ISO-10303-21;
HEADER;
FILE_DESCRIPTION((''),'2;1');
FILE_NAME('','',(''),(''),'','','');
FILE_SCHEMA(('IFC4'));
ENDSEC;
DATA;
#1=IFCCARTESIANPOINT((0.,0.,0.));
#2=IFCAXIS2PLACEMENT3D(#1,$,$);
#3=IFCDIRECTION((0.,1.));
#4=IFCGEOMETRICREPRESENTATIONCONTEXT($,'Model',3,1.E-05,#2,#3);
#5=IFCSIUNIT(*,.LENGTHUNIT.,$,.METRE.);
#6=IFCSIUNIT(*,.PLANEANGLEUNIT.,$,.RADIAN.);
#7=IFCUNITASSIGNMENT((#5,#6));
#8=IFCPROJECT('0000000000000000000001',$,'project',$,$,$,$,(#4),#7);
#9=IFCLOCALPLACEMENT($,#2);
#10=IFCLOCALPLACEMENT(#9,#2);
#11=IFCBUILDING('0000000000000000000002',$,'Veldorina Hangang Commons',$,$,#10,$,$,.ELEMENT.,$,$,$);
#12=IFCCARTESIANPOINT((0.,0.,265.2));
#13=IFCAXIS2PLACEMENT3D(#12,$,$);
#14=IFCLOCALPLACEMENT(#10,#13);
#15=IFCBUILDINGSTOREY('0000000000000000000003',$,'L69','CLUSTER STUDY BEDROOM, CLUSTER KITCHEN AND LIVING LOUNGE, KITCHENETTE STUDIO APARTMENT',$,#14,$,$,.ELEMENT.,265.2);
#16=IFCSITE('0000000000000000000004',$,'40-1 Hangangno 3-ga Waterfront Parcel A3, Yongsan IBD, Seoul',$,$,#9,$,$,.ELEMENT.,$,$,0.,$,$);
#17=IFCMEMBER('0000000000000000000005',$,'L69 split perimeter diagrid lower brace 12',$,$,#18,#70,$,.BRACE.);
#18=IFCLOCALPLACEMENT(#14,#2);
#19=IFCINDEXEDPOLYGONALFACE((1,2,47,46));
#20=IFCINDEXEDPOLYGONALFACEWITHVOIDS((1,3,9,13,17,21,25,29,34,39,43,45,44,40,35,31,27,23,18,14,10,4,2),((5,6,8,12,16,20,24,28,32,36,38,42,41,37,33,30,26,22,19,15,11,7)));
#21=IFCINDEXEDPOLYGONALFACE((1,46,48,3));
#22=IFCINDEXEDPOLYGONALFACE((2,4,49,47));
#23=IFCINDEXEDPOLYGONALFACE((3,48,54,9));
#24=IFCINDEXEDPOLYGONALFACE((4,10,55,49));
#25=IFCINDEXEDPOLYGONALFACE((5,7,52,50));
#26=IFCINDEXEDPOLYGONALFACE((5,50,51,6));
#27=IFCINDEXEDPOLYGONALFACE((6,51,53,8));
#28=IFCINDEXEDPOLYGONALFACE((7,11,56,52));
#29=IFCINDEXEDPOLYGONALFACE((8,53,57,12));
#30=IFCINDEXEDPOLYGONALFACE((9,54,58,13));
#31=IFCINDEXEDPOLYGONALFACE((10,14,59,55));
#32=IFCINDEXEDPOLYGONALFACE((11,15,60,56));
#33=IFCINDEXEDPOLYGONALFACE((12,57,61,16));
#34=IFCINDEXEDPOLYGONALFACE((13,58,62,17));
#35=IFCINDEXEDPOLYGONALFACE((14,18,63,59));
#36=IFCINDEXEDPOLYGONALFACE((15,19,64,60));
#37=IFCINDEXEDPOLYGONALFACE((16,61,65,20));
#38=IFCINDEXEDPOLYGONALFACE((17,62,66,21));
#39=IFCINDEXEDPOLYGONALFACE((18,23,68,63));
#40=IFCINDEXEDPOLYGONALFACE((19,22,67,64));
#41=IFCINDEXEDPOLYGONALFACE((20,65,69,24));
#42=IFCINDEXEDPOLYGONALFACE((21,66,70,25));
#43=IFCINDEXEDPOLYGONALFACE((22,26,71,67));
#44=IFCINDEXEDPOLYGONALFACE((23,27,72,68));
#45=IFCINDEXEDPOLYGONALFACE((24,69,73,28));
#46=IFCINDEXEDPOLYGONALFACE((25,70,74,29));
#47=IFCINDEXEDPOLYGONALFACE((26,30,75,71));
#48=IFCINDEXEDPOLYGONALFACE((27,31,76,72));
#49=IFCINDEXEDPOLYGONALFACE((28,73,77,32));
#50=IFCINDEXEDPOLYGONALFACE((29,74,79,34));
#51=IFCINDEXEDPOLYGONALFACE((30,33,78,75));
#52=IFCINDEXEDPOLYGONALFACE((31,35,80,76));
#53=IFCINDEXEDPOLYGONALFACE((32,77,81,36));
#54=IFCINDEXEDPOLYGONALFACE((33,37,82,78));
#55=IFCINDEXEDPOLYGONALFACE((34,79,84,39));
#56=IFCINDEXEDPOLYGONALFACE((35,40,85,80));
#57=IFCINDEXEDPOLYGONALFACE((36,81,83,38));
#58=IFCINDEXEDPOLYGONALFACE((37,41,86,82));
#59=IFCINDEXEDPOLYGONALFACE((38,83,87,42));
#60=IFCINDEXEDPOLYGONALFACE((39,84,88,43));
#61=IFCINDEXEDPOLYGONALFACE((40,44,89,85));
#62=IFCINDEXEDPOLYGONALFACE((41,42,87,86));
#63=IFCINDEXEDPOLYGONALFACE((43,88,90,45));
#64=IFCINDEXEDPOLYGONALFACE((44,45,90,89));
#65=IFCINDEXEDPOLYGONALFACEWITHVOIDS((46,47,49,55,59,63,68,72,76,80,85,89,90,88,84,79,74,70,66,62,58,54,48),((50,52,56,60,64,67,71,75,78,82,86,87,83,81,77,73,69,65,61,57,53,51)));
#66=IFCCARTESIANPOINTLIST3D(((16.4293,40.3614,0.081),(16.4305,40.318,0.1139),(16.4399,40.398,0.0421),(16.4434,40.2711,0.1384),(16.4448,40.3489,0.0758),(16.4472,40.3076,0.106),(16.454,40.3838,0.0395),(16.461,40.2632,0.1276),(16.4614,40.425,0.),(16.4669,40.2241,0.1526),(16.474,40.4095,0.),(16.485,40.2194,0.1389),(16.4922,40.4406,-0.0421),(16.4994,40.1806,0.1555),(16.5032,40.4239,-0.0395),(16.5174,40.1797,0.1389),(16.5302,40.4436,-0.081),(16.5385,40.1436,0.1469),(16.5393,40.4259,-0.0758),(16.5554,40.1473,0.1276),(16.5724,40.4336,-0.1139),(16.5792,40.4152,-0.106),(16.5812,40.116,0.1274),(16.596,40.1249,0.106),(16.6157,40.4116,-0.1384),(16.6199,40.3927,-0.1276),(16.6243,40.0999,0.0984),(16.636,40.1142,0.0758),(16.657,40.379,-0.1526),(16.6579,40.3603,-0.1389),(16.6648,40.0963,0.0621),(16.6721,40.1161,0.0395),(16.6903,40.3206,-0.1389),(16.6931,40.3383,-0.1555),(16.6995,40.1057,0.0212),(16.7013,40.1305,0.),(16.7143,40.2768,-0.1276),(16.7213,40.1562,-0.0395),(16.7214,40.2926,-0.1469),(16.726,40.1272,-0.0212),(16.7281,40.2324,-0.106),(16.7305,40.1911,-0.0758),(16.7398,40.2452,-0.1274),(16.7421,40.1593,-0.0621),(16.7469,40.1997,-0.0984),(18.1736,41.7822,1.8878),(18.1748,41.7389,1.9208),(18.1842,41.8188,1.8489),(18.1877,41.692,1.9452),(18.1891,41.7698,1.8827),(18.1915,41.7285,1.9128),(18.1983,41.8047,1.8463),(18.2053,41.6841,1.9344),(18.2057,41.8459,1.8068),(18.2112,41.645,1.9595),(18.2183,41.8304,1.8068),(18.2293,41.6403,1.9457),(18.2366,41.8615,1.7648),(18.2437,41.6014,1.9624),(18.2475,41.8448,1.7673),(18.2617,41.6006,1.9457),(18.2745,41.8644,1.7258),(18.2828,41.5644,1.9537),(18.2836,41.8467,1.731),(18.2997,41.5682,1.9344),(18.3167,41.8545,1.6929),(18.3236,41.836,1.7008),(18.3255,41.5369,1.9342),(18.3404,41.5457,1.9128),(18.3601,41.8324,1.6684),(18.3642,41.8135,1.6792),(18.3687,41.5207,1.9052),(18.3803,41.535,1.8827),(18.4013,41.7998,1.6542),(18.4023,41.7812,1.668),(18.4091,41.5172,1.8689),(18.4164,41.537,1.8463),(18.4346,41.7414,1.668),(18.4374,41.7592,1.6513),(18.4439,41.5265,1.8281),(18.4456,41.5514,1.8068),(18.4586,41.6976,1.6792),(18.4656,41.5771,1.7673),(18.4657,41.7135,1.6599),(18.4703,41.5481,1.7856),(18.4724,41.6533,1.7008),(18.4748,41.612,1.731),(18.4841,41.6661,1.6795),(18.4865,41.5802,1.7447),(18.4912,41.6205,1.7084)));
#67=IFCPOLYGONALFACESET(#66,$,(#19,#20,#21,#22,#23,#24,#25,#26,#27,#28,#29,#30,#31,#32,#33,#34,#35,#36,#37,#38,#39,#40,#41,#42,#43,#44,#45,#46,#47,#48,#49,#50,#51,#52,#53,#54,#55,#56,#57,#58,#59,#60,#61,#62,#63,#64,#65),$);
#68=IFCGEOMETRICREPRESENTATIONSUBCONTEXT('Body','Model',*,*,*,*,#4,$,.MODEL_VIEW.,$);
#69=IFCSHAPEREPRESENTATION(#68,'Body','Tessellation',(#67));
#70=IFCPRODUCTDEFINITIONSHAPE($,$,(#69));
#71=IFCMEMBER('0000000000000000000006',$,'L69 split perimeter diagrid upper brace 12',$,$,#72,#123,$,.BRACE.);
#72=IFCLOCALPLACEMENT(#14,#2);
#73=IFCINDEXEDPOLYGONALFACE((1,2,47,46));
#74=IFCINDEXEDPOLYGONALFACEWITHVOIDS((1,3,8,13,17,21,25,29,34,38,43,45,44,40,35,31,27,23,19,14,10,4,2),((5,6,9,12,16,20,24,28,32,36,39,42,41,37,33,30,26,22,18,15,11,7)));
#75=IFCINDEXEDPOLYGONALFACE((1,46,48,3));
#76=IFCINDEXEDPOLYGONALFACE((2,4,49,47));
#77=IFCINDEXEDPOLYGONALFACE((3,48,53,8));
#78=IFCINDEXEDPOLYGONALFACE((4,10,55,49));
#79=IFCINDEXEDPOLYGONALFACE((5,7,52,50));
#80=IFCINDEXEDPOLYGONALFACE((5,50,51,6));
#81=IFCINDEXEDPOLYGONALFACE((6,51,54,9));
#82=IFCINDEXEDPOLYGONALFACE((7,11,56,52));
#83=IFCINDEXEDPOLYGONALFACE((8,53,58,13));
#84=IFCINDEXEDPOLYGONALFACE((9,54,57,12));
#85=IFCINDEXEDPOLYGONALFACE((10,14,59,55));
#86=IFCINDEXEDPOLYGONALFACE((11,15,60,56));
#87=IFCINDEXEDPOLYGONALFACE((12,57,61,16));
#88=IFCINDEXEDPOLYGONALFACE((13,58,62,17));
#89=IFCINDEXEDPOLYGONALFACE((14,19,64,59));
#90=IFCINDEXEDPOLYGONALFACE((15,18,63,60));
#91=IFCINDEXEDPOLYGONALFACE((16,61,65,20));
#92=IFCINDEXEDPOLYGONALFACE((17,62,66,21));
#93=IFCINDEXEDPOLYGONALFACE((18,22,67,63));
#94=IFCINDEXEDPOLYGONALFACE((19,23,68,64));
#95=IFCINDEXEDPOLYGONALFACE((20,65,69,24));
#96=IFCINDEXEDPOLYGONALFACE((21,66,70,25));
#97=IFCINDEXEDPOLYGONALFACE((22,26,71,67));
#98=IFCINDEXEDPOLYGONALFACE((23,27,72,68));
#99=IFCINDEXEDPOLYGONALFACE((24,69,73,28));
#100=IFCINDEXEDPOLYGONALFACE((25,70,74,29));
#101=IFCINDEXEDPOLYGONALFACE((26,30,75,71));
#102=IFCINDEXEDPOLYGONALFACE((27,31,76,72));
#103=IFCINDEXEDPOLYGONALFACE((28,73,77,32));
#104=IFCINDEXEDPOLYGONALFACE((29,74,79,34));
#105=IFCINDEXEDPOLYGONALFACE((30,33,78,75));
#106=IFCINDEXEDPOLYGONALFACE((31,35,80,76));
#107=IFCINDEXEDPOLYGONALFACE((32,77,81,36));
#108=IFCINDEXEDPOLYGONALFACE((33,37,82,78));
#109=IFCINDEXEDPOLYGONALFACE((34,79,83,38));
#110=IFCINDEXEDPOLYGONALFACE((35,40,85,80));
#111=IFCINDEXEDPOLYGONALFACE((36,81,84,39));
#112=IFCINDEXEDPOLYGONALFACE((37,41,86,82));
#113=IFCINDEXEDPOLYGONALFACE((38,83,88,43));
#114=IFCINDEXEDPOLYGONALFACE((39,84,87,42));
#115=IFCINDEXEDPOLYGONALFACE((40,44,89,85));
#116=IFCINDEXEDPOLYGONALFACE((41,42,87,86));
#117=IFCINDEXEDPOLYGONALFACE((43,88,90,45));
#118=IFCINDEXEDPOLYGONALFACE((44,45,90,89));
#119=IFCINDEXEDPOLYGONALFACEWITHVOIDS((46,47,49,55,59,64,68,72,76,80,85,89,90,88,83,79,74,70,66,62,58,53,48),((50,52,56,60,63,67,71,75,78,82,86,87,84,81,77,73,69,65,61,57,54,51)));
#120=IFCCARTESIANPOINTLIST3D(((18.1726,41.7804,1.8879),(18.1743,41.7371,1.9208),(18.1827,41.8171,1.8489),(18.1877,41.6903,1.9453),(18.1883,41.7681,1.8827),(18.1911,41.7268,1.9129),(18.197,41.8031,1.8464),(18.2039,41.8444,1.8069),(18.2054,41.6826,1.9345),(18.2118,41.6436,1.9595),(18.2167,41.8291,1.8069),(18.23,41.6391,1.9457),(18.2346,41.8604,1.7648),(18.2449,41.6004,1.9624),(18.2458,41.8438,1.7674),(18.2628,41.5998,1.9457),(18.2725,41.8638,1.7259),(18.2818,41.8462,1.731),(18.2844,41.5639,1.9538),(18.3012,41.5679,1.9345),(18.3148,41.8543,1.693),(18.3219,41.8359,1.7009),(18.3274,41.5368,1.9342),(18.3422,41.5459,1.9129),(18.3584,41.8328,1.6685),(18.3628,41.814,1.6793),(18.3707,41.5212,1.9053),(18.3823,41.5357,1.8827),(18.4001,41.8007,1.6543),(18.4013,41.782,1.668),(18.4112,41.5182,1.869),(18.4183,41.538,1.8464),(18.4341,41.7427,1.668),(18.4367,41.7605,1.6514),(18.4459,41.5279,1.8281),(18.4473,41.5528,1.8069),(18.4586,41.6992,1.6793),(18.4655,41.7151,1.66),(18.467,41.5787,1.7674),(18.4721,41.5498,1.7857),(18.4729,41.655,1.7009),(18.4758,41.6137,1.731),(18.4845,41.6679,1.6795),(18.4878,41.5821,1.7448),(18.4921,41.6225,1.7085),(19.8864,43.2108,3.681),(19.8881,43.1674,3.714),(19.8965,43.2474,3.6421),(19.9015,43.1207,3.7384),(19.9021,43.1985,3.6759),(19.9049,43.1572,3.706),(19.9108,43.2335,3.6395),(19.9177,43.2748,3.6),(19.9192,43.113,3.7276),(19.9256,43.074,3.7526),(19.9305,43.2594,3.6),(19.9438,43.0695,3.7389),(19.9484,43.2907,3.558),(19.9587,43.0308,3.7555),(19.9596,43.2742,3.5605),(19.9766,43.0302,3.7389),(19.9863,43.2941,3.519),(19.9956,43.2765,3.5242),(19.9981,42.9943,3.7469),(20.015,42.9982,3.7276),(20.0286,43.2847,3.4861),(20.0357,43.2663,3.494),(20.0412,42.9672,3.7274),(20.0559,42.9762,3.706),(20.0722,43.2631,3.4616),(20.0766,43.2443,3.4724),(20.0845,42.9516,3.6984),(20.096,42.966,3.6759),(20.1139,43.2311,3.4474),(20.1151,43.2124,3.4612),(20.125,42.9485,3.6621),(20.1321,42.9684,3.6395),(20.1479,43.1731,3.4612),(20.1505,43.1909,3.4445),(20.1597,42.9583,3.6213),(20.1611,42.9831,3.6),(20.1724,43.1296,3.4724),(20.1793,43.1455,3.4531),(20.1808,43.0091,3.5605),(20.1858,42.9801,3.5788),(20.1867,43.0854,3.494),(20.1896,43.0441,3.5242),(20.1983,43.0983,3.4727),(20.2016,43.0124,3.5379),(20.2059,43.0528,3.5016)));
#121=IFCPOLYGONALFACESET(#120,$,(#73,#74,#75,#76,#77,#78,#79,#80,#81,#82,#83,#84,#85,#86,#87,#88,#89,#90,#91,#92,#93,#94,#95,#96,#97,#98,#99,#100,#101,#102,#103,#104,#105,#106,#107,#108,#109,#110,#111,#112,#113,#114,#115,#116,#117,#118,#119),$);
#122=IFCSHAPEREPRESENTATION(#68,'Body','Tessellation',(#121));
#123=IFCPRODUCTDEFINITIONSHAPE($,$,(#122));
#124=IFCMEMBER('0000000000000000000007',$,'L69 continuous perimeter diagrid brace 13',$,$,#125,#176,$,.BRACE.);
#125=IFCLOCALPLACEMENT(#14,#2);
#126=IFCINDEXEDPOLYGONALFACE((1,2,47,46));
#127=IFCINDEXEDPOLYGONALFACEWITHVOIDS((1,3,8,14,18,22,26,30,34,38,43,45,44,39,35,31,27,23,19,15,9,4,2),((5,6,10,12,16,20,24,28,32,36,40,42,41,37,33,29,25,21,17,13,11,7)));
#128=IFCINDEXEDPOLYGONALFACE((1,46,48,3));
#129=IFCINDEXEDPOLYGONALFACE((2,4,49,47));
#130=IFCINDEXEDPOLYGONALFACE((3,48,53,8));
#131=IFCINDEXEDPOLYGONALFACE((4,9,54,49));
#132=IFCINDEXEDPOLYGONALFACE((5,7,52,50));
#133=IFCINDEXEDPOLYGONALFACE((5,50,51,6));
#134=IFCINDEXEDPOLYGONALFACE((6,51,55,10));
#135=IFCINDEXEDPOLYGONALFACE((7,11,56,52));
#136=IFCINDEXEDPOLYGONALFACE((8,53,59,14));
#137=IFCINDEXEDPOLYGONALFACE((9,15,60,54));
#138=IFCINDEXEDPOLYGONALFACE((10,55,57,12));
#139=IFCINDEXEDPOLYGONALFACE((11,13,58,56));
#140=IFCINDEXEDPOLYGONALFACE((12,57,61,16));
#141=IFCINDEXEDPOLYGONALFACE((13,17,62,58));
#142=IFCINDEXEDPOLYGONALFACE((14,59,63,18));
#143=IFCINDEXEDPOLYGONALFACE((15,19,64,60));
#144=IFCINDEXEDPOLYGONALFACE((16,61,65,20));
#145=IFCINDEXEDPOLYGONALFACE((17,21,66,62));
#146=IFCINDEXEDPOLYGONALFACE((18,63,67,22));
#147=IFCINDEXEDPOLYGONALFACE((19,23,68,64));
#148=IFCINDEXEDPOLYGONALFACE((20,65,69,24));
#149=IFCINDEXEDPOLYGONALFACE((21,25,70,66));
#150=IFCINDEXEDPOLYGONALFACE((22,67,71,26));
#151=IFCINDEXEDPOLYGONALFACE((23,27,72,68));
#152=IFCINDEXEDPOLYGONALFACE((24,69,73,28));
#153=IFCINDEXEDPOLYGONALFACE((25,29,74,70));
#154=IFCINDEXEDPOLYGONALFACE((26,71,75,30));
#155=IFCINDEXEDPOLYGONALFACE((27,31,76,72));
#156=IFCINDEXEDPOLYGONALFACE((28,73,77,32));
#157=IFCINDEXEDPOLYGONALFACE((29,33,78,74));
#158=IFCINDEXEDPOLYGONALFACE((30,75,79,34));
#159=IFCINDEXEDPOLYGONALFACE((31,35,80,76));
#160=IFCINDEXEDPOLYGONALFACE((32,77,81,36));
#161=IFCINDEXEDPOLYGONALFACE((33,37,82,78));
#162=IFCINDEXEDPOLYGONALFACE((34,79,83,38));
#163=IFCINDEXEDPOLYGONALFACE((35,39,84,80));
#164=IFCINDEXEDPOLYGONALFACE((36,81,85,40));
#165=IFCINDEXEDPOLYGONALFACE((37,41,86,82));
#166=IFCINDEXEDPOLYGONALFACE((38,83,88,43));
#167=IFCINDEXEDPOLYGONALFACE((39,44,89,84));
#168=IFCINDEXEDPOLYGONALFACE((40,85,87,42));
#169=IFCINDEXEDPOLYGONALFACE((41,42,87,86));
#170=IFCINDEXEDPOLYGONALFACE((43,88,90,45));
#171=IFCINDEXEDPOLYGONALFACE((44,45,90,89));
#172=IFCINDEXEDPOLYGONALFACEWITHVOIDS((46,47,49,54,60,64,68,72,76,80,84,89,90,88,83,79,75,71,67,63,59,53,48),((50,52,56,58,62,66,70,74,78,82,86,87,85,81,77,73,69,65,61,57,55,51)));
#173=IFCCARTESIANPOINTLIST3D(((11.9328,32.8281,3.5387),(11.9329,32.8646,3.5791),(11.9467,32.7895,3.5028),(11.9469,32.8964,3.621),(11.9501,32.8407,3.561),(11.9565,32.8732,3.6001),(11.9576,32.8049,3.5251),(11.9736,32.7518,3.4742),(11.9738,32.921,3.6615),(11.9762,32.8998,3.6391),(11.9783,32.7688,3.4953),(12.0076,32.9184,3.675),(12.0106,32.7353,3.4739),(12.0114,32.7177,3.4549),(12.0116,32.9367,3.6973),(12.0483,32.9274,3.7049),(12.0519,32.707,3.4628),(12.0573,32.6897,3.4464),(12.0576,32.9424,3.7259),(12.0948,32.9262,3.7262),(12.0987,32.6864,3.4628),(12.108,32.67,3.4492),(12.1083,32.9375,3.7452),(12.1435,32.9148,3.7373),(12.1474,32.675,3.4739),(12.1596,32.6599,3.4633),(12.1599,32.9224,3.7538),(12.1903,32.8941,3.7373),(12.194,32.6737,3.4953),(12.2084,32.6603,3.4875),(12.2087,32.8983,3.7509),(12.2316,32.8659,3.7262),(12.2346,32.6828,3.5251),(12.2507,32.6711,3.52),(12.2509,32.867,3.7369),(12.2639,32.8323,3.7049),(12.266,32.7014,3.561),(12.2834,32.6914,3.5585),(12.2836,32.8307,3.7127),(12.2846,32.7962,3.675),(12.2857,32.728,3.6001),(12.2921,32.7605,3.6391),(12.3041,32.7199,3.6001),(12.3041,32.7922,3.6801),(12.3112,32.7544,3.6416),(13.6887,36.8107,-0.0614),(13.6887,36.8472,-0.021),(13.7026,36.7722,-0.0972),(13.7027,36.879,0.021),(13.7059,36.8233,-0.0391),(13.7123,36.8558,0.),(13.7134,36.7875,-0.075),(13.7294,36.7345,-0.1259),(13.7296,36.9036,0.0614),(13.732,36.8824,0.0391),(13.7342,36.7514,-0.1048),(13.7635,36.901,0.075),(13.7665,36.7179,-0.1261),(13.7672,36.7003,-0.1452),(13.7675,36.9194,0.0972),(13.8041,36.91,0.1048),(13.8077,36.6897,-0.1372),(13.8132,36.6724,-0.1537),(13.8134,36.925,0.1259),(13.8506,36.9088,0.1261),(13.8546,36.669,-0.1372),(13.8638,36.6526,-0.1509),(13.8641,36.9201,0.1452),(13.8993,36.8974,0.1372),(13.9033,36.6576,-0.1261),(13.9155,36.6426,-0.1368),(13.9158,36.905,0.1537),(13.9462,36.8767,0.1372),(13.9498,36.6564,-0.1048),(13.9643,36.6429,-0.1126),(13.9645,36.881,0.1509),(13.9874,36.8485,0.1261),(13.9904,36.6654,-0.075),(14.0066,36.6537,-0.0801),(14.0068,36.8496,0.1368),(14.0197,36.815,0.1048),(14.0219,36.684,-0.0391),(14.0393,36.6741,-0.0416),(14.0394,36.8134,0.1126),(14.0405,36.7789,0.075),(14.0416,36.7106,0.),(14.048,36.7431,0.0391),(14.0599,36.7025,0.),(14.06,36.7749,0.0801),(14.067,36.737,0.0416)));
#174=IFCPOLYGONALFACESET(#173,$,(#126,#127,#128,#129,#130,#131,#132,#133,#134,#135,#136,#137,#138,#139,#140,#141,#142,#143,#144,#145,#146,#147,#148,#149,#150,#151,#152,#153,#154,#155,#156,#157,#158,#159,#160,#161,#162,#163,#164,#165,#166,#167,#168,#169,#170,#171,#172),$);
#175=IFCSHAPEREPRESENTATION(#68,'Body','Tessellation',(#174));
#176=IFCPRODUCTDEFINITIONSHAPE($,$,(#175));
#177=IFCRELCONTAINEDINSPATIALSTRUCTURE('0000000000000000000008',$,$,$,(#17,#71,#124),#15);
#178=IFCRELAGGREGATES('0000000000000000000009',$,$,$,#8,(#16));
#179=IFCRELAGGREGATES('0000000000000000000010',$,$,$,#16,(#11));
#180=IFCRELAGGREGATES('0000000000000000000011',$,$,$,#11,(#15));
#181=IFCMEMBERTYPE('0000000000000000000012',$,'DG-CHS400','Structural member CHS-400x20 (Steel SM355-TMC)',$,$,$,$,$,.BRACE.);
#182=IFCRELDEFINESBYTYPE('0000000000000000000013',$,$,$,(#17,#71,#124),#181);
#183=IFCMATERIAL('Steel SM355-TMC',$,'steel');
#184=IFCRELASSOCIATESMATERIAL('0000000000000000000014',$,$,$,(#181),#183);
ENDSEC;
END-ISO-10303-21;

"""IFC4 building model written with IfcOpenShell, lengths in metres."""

from ifc_helpers import new_model, si_unit, direction, frame, origin, origin_2d, place, context, subcontext, project, spatial, hollow_circle, extrude, material, material_profile, profile_set, type_object, element, save


model = new_model("IFC4")

# Units and contexts
model_context = context("Model", 3, precision=1e-05, world=origin(), true_north=direction((0.0, 1.0)))
body_context = subcontext(model_context, "Body", "Model", "MODEL_VIEW")
ifc_project = project(units=[si_unit("LENGTHUNIT", "METRE"), si_unit("PLANEANGLEUNIT", "RADIAN")], contexts=[model_context])

# Site, building, storey
site_placement = place(None, origin())
site = spatial("IfcSite", under=ifc_project, at=site_placement, Name="40-1 Hangangno 3-ga Waterfront Parcel A3, Yongsan IBD, Seoul", CompositionType="ELEMENT", RefElevation=0.0)
building_placement = place(site_placement, origin())
building = spatial("IfcBuilding", under=site, at=building_placement, Name="Veldorina Hangang Commons", CompositionType="ELEMENT")
storey_placement = place(building_placement, frame((0.0, 0.0, 265.2)))
storey = spatial("IfcBuildingStorey", under=building, at=storey_placement, Name="L69", Description="CLUSTER STUDY BEDROOM, CLUSTER KITCHEN AND LIVING LOUNGE, KITCHENETTE STUDIO APARTMENT", CompositionType="ELEMENT", Elevation=265.2)

# Shared definitions
ifc_material_1 = material(Name="Steel SM355-TMC", Category="steel")

# Members
ifc_material_profile_1 = material_profile(ifc_material_1, hollow_circle(Radius=0.2, WallThickness=0.02, at=origin_2d()), Name="CHS-400x20")
ifc_profile_set_1 = profile_set([ifc_material_profile_1], Name="Steel SM355-TMC")
member_type_1 = type_object("IfcMemberType", Name="DG-CHS400", Description="Structural member CHS-400x20 (Steel SM355-TMC)", PredefinedType="BRACE", material=ifc_profile_set_1)
member_1_placement = place(storey_placement, frame((16.5876, 40.27, 0.0), z_axis=(0.604515, 0.492411, 0.626174), x_axis=(-0.631552, 0.775333, 0.0)))
element("IfcMember", 1, at=member_1_placement, inside=storey, type_object=member_type_1, Name="L69 split perimeter diagrid lower brace 12", PredefinedType="BRACE", context=body_context, shape_type="SweptSolid", body=[
    extrude(hollow_circle(Radius=0.2, WallThickness=0.02, at=origin_2d()), origin(), (0.0, 0.0, 1.0), 2.8855),
])
member_2_placement = place(storey_placement, frame((18.332, 41.6909, 1.8069), z_axis=(0.598543, 0.499553, 0.626253), x_axis=(-0.640765, 0.767737, 0.0)))
element("IfcMember", 2, at=member_2_placement, inside=storey, type_object=member_type_1, Name="L69 split perimeter diagrid upper brace 12", PredefinedType="BRACE", context=body_context, shape_type="SweptSolid", body=[
    extrude(hollow_circle(Radius=0.2, WallThickness=0.02, at=origin_2d()), origin(), (0.0, 0.0, 1.0), 2.8633),
])
member_3_placement = place(storey_placement, frame((13.877, 36.7832, 0.0), z_axis=(-0.310855, -0.705086, 0.637356), x_axis=(0.91502, -0.40341, 0.0)))
element("IfcMember", 3, at=member_3_placement, inside=storey, type_object=member_type_1, Name="L69 continuous perimeter diagrid brace 13", PredefinedType="BRACE", context=body_context, shape_type="SweptSolid", body=[
    extrude(hollow_circle(Radius=0.2, WallThickness=0.02, at=origin_2d()), origin(), (0.0, 0.0, 1.0), 5.6484),
])

save(model, "model.ifc")
